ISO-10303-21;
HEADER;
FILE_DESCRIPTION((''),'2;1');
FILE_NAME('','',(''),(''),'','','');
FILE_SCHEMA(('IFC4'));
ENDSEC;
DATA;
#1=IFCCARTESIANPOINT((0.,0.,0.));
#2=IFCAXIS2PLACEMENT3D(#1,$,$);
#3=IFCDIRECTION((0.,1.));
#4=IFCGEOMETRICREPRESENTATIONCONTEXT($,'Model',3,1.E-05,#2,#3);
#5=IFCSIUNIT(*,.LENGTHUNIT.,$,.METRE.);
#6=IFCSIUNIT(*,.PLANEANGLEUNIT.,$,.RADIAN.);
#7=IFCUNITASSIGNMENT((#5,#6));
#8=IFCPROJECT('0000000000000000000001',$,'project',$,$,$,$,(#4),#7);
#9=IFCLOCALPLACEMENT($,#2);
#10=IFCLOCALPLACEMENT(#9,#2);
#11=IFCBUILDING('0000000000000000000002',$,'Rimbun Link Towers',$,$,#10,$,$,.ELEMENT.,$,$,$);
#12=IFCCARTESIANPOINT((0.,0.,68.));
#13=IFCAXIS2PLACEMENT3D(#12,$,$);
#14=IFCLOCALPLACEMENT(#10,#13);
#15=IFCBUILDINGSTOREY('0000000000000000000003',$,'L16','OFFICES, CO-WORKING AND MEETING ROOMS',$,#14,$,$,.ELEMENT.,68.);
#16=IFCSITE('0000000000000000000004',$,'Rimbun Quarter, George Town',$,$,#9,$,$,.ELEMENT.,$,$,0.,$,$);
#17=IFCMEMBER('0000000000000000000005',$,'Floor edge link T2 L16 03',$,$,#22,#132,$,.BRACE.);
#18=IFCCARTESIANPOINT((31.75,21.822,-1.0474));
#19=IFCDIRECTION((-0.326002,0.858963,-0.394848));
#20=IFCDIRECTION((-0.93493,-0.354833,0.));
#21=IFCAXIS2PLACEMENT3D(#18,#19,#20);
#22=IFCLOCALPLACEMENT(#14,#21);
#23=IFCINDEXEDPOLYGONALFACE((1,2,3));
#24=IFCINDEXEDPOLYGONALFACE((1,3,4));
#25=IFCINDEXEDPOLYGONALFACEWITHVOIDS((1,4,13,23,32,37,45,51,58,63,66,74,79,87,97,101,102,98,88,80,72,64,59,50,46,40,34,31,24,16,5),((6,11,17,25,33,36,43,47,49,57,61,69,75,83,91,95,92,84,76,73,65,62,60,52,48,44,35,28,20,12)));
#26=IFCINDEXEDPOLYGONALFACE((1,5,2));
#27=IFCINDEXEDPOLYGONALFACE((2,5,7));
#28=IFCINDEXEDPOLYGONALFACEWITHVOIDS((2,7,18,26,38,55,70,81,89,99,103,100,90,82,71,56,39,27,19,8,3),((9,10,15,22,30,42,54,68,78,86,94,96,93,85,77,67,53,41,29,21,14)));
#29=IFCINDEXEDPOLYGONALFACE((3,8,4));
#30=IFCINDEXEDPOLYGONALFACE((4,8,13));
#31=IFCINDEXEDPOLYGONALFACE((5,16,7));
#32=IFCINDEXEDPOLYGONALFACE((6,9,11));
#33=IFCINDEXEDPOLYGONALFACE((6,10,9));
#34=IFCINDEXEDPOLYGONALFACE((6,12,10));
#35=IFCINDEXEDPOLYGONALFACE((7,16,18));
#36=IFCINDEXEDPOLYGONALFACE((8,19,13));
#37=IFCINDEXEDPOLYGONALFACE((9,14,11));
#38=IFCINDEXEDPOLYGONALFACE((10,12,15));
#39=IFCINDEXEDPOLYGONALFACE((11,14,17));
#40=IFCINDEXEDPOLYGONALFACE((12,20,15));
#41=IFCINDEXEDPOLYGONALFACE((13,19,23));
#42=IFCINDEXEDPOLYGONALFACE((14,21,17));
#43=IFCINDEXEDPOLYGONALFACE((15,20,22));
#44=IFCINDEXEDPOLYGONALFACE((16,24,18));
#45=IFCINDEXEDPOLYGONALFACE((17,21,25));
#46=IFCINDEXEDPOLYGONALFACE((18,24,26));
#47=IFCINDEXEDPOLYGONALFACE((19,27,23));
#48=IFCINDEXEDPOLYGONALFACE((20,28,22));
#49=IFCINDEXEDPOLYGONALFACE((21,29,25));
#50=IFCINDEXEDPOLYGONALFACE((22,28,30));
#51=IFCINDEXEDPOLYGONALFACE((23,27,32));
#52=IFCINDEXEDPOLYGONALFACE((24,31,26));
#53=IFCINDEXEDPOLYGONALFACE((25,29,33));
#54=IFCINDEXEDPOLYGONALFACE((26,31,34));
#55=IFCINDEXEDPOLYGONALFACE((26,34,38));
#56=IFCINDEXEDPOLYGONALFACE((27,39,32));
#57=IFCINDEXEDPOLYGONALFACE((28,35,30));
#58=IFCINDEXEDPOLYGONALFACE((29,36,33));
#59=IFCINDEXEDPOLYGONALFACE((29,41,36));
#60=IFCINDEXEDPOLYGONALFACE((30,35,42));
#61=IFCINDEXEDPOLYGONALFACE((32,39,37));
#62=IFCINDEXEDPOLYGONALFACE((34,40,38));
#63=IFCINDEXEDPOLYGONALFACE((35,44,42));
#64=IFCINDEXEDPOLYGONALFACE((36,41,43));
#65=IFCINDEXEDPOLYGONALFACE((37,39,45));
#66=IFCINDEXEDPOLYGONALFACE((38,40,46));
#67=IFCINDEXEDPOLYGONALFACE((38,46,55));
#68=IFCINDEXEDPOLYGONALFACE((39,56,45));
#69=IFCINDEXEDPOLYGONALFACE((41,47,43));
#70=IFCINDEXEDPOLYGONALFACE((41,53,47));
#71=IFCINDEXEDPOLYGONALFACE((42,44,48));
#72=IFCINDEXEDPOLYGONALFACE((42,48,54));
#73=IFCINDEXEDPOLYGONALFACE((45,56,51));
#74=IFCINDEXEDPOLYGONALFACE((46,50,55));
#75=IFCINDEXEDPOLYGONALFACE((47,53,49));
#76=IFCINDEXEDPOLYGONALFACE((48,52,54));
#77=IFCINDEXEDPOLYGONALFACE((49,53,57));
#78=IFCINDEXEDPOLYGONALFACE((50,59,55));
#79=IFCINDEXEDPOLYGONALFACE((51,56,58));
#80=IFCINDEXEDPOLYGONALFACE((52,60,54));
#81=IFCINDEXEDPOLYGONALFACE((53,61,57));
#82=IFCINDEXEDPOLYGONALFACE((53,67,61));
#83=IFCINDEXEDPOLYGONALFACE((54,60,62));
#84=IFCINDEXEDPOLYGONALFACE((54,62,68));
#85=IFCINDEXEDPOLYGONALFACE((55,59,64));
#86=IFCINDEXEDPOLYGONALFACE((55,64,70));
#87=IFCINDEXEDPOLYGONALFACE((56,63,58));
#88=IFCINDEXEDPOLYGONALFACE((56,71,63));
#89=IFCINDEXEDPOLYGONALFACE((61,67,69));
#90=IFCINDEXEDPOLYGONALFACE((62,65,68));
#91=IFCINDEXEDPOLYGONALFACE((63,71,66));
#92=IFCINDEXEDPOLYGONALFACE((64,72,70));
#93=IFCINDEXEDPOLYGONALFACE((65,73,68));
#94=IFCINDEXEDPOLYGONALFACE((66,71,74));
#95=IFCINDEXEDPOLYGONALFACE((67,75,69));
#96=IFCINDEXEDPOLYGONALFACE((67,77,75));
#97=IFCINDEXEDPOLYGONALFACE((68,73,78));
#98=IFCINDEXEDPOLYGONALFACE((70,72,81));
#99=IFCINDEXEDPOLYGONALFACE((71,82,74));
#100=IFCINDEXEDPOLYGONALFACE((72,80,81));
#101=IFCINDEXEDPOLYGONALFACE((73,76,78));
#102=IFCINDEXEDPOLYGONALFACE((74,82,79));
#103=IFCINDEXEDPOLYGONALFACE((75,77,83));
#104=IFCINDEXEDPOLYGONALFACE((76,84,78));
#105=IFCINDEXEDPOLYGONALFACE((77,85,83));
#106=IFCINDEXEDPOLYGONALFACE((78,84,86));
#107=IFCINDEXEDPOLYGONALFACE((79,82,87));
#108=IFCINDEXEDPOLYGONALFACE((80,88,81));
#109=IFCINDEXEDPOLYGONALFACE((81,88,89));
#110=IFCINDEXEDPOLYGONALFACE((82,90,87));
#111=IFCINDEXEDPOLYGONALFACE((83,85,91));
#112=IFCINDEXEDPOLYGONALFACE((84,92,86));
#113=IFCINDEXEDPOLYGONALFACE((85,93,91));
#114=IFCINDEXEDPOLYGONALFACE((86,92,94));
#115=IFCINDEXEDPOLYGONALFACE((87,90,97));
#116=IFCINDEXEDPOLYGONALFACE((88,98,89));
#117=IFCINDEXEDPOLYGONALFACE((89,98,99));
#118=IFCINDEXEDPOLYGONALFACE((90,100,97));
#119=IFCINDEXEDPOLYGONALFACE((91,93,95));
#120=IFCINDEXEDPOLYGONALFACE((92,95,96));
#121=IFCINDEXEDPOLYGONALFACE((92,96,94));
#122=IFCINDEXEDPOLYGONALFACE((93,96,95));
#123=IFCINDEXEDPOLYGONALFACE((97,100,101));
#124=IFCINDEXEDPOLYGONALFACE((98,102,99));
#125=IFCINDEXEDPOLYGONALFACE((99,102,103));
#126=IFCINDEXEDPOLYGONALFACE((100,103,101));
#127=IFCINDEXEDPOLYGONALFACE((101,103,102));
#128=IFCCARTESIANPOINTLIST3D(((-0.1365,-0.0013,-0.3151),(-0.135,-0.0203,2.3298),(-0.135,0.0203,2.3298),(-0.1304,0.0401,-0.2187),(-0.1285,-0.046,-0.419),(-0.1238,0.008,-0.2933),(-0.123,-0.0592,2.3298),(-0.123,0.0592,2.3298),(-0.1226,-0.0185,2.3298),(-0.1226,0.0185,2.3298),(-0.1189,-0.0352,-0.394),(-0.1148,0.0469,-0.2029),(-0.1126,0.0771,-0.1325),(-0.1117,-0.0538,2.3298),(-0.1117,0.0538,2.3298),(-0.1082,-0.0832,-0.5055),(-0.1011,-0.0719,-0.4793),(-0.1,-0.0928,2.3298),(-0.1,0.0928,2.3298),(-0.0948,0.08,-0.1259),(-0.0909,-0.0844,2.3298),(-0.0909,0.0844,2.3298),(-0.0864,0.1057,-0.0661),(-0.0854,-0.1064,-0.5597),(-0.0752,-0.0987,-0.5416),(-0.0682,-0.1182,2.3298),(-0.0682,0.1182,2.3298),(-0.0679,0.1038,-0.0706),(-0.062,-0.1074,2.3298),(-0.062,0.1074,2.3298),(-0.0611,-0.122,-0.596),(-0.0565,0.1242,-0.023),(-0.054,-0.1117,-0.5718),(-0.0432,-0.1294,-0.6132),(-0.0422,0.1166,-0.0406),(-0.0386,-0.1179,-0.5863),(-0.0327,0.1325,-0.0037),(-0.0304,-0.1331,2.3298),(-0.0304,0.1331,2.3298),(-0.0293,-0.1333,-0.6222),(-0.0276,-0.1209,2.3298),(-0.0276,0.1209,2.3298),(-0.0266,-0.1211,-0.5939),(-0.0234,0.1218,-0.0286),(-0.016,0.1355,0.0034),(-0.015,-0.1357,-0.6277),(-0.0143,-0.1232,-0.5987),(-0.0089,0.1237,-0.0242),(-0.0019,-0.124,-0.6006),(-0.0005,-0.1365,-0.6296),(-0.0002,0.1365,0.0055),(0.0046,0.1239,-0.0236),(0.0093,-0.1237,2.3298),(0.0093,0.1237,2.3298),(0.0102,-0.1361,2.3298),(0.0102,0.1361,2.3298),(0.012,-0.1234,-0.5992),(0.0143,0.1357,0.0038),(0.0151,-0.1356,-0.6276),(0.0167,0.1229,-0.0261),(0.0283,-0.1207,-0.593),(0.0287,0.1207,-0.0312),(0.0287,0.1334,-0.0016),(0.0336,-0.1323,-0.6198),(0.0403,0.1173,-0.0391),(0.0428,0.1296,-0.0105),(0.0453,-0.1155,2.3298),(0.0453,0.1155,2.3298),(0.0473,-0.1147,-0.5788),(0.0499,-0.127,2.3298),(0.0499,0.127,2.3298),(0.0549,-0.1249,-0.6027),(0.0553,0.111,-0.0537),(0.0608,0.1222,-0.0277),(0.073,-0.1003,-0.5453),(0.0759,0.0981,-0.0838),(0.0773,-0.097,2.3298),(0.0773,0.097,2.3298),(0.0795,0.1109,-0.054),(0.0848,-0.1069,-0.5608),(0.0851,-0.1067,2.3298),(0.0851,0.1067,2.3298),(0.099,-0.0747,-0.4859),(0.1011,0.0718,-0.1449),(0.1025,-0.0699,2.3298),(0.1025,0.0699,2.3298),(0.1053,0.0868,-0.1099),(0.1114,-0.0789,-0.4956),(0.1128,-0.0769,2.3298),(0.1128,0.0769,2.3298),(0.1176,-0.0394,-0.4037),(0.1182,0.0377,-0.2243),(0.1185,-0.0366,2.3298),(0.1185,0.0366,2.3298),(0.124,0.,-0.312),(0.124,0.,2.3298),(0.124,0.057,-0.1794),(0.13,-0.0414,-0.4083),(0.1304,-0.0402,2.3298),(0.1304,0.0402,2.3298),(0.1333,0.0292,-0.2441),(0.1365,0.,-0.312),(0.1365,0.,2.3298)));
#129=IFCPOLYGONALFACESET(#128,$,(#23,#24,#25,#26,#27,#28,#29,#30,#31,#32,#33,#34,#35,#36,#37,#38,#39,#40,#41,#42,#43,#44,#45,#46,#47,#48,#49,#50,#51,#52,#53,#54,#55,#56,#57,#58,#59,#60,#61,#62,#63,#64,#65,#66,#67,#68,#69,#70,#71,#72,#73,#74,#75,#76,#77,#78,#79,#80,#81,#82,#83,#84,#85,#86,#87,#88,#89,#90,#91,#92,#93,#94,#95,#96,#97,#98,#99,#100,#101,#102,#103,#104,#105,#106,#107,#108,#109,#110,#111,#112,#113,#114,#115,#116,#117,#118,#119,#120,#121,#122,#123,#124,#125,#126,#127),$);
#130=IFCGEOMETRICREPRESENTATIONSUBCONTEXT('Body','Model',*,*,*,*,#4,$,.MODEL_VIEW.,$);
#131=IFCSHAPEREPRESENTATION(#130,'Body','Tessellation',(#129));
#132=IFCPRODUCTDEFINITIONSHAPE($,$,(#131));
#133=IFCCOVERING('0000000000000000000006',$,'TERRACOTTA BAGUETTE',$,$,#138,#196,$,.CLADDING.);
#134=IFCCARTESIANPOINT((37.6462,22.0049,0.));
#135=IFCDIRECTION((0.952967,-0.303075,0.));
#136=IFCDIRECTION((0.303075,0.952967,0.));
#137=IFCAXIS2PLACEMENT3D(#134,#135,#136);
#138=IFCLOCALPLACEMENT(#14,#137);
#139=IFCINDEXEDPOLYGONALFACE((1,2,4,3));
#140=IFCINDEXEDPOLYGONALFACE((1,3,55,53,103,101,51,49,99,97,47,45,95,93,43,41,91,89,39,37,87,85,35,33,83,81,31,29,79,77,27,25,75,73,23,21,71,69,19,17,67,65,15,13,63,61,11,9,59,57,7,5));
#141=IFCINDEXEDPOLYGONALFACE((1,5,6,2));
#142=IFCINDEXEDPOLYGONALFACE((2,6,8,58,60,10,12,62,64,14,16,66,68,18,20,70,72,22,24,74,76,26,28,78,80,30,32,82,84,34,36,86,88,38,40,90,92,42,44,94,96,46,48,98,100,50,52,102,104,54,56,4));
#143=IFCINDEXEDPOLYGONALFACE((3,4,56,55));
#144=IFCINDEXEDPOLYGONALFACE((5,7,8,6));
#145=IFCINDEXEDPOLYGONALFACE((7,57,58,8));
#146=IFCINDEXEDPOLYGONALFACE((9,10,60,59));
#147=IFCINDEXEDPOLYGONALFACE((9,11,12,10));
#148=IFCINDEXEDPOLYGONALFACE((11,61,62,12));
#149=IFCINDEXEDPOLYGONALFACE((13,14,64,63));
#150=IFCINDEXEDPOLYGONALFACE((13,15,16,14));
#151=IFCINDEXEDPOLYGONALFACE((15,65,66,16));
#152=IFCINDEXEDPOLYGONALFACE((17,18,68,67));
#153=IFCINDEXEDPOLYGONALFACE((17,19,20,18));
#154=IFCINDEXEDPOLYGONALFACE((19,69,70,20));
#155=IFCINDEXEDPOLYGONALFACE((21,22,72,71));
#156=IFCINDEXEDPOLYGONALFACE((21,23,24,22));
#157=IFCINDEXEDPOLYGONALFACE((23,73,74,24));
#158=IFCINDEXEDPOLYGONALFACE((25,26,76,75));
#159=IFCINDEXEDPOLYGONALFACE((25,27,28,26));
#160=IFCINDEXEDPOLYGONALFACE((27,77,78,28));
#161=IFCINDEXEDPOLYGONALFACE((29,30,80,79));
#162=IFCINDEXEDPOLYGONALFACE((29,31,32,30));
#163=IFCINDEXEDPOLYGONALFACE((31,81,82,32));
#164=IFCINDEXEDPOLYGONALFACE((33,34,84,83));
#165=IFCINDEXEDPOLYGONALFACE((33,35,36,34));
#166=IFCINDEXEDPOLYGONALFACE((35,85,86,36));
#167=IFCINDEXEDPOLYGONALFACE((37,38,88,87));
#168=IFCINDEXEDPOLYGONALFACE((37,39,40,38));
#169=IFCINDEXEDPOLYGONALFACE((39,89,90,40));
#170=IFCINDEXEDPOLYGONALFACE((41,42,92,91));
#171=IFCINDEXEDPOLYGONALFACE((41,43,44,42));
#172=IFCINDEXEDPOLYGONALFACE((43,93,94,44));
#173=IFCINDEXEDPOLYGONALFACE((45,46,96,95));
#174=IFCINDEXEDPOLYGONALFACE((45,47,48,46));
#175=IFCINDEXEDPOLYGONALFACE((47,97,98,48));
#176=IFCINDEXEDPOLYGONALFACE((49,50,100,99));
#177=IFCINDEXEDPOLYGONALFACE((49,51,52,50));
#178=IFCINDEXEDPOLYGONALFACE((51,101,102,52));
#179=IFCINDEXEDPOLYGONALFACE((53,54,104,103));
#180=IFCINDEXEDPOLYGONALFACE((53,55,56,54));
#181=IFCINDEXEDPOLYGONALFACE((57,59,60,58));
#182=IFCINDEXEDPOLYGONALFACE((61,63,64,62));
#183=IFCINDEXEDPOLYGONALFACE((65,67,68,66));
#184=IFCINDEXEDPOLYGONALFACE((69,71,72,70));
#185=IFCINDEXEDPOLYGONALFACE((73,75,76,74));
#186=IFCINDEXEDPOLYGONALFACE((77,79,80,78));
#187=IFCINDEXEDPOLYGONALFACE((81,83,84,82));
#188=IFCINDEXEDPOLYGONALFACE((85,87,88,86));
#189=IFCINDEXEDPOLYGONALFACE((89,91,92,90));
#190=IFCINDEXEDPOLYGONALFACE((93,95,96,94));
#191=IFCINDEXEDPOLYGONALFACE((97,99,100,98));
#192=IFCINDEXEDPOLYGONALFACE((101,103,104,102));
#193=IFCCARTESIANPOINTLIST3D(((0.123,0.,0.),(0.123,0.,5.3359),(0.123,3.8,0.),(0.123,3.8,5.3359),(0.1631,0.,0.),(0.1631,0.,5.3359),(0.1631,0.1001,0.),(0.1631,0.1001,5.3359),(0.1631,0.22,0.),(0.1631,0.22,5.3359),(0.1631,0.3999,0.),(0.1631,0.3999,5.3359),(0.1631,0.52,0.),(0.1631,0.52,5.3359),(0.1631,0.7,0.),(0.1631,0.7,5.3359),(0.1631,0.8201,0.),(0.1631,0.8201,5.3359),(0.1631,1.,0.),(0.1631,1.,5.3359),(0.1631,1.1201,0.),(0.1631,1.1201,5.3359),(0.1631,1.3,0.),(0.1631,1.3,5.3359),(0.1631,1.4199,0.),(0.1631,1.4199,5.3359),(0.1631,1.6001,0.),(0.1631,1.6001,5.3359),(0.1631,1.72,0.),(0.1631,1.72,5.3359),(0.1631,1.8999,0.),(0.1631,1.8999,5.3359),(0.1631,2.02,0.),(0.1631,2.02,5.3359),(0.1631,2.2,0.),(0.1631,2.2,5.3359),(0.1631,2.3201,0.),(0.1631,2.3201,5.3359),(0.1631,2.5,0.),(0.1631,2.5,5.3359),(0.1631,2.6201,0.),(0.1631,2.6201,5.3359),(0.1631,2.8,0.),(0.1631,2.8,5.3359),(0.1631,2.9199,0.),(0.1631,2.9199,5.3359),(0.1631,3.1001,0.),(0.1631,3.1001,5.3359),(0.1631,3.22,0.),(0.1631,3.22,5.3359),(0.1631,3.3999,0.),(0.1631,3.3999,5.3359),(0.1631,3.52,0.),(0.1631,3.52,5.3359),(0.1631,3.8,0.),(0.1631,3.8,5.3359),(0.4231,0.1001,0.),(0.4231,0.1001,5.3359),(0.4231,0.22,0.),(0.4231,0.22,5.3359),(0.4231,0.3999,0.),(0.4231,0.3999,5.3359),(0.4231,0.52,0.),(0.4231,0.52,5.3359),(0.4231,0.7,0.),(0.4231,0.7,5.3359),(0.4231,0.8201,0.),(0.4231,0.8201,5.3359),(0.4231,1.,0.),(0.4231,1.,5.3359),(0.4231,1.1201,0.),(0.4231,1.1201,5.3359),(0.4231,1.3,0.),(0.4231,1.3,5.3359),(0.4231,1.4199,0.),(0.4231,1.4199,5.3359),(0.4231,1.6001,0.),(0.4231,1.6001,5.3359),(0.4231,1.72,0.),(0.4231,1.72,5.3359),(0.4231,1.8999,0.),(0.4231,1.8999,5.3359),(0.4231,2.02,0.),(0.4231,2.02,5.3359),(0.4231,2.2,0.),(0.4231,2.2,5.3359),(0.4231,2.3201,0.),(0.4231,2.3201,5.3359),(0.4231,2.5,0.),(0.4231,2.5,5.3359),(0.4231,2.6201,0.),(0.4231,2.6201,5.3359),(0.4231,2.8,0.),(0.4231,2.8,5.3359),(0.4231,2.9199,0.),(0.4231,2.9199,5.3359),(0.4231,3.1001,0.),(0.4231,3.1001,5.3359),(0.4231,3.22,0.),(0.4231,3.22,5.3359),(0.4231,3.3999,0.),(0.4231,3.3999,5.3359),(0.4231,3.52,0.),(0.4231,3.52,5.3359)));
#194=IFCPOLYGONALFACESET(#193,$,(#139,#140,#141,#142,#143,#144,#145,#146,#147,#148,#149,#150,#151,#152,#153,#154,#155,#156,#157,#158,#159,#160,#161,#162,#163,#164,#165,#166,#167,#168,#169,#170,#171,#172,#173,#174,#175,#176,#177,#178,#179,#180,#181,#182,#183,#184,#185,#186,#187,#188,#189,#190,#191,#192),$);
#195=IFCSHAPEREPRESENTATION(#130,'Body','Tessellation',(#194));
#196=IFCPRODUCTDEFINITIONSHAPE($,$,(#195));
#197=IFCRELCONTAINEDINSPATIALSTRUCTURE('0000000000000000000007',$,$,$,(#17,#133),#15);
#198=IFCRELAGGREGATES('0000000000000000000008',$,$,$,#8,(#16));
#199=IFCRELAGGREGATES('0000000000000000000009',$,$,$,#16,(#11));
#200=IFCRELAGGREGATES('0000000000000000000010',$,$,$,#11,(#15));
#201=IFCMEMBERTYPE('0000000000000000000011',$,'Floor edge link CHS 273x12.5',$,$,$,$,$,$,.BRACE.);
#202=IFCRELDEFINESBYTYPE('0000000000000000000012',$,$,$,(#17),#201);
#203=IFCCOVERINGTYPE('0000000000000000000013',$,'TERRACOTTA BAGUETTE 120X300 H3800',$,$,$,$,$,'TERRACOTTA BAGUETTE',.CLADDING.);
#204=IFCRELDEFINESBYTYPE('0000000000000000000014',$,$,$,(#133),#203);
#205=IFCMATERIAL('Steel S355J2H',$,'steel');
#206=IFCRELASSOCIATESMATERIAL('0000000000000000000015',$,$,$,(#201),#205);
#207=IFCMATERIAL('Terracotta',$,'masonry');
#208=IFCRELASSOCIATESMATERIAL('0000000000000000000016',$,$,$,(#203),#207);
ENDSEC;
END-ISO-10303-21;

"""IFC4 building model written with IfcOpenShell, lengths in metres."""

from ifc_helpers import new_model, si_unit, direction, frame, origin, origin_2d, place, context, subcontext, project, spatial, polyline, hollow_circle, outline, extrude, clip, halfspace, material, material_profile, profile_set, type_object, element, save


model = new_model("IFC4")

# Units and contexts
model_context = context("Model", 3, precision=1e-05, world=origin(), true_north=direction((0.0, 1.0)))
body_context = subcontext(model_context, "Body", "Model", "MODEL_VIEW")
ifc_project = project(units=[si_unit("LENGTHUNIT", "METRE"), si_unit("PLANEANGLEUNIT", "RADIAN")], contexts=[model_context])

# Site, building, storey
site_placement = place(None, origin())
site = spatial("IfcSite", under=ifc_project, at=site_placement, Name="Rimbun Quarter, George Town", CompositionType="ELEMENT", RefElevation=0.0)
building_placement = place(site_placement, origin())
building = spatial("IfcBuilding", under=site, at=building_placement, Name="Rimbun Link Towers", CompositionType="ELEMENT")
storey_placement = place(building_placement, frame((0.0, 0.0, 68.0)))
storey = spatial("IfcBuildingStorey", under=building, at=storey_placement, Name="L16", Description="OFFICES, CO-WORKING AND MEETING ROOMS", CompositionType="ELEMENT", Elevation=68.0)

# Member
ifc_material_1 = material(Name="Steel S355J2H", Category="steel")
ifc_material_profile_1 = material_profile(ifc_material_1, hollow_circle(Radius=0.1365, WallThickness=0.0125, at=origin_2d()), Name="CHS 273x12.5")
ifc_profile_set_1 = profile_set([ifc_material_profile_1], Name="Steel S355J2H")
member_type_1 = type_object("IfcMemberType", Name="Floor edge link CHS 273x12.5", PredefinedType="BRACE", material=ifc_profile_set_1)
member_1_placement = place(storey_placement, frame((31.75, 21.822, -1.0474), z_axis=(-0.326002, 0.858963, -0.394848), x_axis=(-0.93493, -0.354833, 0.0)))
element("IfcMember", 1, at=member_1_placement, inside=storey, type_object=member_type_1, Name="Floor edge link T2 L16 03", PredefinedType="BRACE", context=body_context, shape_type="Clipping", body=[
    clip(extrude(hollow_circle(Radius=0.1365, WallThickness=0.0125, at=origin_2d()), frame((0.0, 0.0, -0.6604)), (0.0, 0.0, 1.0), 2.9902), halfspace(frame((0.0, 0.0, -0.312), z_axis=(0.0, 0.918746, -0.394848)), False)),
])

# Covering
ifc_material_2 = material(Name="Terracotta", Category="masonry")
ifc_material_profile_2 = material_profile(ifc_material_2, outline(polyline([(0.123, 0.0), (0.1631, 0.0), (0.1631, 0.1001), (0.4231, 0.1001), (0.4231, 0.22), (0.1631, 0.22), (0.1631, 0.3999), (0.4231, 0.3999), (0.4231, 0.52), (0.1631, 0.52), (0.1631, 0.7), (0.4231, 0.7), (0.4231, 0.8201), (0.1631, 0.8201), (0.1631, 1.0), (0.4231, 1.0), (0.4231, 1.1201), (0.1631, 1.1201), (0.1631, 1.3), (0.4231, 1.3), (0.4231, 1.4199), (0.1631, 1.4199), (0.1631, 1.6001), (0.4231, 1.6001), (0.4231, 1.72), (0.1631, 1.72), (0.1631, 1.8999), (0.4231, 1.8999), (0.4231, 2.02), (0.1631, 2.02), (0.1631, 2.2), (0.4231, 2.2), (0.4231, 2.3201), (0.1631, 2.3201), (0.1631, 2.5), (0.4231, 2.5), (0.4231, 2.6201), (0.1631, 2.6201), (0.1631, 2.8), (0.4231, 2.8), (0.4231, 2.9199), (0.1631, 2.9199), (0.1631, 3.1001), (0.4231, 3.1001), (0.4231, 3.22), (0.1631, 3.22), (0.1631, 3.3999), (0.4231, 3.3999), (0.4231, 3.52), (0.1631, 3.52), (0.1631, 3.8), (0.123, 3.8), (0.123, 0.0)])), Name="BAGUETTE 120X300")
ifc_profile_set_2 = profile_set([ifc_material_profile_2], Name="Terracotta")
covering_type = type_object("IfcCoveringType", Name="TERRACOTTA BAGUETTE 120X300 H3800", ElementType="TERRACOTTA BAGUETTE", PredefinedType="CLADDING", material=ifc_profile_set_2)
covering_1_placement = place(storey_placement, frame((37.6462, 22.0049, 0.0), z_axis=(0.952967, -0.303075, 0.0), x_axis=(0.303075, 0.952967, 0.0)))
element("IfcCovering", 2, at=covering_1_placement, inside=storey, type_object=covering_type, Name="TERRACOTTA BAGUETTE", PredefinedType="CLADDING", context=body_context, shape_type="SweptSolid", body=[
    extrude(outline(polyline([(0.123, 0.0), (0.1631, 0.0), (0.1631, 0.1001), (0.4231, 0.1001), (0.4231, 0.22), (0.1631, 0.22), (0.1631, 0.3999), (0.4231, 0.3999), (0.4231, 0.52), (0.1631, 0.52), (0.1631, 0.7), (0.4231, 0.7), (0.4231, 0.8201), (0.1631, 0.8201), (0.1631, 1.0), (0.4231, 1.0), (0.4231, 1.1201), (0.1631, 1.1201), (0.1631, 1.3), (0.4231, 1.3), (0.4231, 1.4199), (0.1631, 1.4199), (0.1631, 1.6001), (0.4231, 1.6001), (0.4231, 1.72), (0.1631, 1.72), (0.1631, 1.8999), (0.4231, 1.8999), (0.4231, 2.02), (0.1631, 2.02), (0.1631, 2.2), (0.4231, 2.2), (0.4231, 2.3201), (0.1631, 2.3201), (0.1631, 2.5), (0.4231, 2.5), (0.4231, 2.6201), (0.1631, 2.6201), (0.1631, 2.8), (0.4231, 2.8), (0.4231, 2.9199), (0.1631, 2.9199), (0.1631, 3.1001), (0.4231, 3.1001), (0.4231, 3.22), (0.1631, 3.22), (0.1631, 3.3999), (0.4231, 3.3999), (0.4231, 3.52), (0.1631, 3.52), (0.1631, 3.8), (0.123, 3.8), (0.123, 0.0)])), origin(), (0.0, 0.0, 1.0), 5.3359),
])

save(model, "model.ifc")
